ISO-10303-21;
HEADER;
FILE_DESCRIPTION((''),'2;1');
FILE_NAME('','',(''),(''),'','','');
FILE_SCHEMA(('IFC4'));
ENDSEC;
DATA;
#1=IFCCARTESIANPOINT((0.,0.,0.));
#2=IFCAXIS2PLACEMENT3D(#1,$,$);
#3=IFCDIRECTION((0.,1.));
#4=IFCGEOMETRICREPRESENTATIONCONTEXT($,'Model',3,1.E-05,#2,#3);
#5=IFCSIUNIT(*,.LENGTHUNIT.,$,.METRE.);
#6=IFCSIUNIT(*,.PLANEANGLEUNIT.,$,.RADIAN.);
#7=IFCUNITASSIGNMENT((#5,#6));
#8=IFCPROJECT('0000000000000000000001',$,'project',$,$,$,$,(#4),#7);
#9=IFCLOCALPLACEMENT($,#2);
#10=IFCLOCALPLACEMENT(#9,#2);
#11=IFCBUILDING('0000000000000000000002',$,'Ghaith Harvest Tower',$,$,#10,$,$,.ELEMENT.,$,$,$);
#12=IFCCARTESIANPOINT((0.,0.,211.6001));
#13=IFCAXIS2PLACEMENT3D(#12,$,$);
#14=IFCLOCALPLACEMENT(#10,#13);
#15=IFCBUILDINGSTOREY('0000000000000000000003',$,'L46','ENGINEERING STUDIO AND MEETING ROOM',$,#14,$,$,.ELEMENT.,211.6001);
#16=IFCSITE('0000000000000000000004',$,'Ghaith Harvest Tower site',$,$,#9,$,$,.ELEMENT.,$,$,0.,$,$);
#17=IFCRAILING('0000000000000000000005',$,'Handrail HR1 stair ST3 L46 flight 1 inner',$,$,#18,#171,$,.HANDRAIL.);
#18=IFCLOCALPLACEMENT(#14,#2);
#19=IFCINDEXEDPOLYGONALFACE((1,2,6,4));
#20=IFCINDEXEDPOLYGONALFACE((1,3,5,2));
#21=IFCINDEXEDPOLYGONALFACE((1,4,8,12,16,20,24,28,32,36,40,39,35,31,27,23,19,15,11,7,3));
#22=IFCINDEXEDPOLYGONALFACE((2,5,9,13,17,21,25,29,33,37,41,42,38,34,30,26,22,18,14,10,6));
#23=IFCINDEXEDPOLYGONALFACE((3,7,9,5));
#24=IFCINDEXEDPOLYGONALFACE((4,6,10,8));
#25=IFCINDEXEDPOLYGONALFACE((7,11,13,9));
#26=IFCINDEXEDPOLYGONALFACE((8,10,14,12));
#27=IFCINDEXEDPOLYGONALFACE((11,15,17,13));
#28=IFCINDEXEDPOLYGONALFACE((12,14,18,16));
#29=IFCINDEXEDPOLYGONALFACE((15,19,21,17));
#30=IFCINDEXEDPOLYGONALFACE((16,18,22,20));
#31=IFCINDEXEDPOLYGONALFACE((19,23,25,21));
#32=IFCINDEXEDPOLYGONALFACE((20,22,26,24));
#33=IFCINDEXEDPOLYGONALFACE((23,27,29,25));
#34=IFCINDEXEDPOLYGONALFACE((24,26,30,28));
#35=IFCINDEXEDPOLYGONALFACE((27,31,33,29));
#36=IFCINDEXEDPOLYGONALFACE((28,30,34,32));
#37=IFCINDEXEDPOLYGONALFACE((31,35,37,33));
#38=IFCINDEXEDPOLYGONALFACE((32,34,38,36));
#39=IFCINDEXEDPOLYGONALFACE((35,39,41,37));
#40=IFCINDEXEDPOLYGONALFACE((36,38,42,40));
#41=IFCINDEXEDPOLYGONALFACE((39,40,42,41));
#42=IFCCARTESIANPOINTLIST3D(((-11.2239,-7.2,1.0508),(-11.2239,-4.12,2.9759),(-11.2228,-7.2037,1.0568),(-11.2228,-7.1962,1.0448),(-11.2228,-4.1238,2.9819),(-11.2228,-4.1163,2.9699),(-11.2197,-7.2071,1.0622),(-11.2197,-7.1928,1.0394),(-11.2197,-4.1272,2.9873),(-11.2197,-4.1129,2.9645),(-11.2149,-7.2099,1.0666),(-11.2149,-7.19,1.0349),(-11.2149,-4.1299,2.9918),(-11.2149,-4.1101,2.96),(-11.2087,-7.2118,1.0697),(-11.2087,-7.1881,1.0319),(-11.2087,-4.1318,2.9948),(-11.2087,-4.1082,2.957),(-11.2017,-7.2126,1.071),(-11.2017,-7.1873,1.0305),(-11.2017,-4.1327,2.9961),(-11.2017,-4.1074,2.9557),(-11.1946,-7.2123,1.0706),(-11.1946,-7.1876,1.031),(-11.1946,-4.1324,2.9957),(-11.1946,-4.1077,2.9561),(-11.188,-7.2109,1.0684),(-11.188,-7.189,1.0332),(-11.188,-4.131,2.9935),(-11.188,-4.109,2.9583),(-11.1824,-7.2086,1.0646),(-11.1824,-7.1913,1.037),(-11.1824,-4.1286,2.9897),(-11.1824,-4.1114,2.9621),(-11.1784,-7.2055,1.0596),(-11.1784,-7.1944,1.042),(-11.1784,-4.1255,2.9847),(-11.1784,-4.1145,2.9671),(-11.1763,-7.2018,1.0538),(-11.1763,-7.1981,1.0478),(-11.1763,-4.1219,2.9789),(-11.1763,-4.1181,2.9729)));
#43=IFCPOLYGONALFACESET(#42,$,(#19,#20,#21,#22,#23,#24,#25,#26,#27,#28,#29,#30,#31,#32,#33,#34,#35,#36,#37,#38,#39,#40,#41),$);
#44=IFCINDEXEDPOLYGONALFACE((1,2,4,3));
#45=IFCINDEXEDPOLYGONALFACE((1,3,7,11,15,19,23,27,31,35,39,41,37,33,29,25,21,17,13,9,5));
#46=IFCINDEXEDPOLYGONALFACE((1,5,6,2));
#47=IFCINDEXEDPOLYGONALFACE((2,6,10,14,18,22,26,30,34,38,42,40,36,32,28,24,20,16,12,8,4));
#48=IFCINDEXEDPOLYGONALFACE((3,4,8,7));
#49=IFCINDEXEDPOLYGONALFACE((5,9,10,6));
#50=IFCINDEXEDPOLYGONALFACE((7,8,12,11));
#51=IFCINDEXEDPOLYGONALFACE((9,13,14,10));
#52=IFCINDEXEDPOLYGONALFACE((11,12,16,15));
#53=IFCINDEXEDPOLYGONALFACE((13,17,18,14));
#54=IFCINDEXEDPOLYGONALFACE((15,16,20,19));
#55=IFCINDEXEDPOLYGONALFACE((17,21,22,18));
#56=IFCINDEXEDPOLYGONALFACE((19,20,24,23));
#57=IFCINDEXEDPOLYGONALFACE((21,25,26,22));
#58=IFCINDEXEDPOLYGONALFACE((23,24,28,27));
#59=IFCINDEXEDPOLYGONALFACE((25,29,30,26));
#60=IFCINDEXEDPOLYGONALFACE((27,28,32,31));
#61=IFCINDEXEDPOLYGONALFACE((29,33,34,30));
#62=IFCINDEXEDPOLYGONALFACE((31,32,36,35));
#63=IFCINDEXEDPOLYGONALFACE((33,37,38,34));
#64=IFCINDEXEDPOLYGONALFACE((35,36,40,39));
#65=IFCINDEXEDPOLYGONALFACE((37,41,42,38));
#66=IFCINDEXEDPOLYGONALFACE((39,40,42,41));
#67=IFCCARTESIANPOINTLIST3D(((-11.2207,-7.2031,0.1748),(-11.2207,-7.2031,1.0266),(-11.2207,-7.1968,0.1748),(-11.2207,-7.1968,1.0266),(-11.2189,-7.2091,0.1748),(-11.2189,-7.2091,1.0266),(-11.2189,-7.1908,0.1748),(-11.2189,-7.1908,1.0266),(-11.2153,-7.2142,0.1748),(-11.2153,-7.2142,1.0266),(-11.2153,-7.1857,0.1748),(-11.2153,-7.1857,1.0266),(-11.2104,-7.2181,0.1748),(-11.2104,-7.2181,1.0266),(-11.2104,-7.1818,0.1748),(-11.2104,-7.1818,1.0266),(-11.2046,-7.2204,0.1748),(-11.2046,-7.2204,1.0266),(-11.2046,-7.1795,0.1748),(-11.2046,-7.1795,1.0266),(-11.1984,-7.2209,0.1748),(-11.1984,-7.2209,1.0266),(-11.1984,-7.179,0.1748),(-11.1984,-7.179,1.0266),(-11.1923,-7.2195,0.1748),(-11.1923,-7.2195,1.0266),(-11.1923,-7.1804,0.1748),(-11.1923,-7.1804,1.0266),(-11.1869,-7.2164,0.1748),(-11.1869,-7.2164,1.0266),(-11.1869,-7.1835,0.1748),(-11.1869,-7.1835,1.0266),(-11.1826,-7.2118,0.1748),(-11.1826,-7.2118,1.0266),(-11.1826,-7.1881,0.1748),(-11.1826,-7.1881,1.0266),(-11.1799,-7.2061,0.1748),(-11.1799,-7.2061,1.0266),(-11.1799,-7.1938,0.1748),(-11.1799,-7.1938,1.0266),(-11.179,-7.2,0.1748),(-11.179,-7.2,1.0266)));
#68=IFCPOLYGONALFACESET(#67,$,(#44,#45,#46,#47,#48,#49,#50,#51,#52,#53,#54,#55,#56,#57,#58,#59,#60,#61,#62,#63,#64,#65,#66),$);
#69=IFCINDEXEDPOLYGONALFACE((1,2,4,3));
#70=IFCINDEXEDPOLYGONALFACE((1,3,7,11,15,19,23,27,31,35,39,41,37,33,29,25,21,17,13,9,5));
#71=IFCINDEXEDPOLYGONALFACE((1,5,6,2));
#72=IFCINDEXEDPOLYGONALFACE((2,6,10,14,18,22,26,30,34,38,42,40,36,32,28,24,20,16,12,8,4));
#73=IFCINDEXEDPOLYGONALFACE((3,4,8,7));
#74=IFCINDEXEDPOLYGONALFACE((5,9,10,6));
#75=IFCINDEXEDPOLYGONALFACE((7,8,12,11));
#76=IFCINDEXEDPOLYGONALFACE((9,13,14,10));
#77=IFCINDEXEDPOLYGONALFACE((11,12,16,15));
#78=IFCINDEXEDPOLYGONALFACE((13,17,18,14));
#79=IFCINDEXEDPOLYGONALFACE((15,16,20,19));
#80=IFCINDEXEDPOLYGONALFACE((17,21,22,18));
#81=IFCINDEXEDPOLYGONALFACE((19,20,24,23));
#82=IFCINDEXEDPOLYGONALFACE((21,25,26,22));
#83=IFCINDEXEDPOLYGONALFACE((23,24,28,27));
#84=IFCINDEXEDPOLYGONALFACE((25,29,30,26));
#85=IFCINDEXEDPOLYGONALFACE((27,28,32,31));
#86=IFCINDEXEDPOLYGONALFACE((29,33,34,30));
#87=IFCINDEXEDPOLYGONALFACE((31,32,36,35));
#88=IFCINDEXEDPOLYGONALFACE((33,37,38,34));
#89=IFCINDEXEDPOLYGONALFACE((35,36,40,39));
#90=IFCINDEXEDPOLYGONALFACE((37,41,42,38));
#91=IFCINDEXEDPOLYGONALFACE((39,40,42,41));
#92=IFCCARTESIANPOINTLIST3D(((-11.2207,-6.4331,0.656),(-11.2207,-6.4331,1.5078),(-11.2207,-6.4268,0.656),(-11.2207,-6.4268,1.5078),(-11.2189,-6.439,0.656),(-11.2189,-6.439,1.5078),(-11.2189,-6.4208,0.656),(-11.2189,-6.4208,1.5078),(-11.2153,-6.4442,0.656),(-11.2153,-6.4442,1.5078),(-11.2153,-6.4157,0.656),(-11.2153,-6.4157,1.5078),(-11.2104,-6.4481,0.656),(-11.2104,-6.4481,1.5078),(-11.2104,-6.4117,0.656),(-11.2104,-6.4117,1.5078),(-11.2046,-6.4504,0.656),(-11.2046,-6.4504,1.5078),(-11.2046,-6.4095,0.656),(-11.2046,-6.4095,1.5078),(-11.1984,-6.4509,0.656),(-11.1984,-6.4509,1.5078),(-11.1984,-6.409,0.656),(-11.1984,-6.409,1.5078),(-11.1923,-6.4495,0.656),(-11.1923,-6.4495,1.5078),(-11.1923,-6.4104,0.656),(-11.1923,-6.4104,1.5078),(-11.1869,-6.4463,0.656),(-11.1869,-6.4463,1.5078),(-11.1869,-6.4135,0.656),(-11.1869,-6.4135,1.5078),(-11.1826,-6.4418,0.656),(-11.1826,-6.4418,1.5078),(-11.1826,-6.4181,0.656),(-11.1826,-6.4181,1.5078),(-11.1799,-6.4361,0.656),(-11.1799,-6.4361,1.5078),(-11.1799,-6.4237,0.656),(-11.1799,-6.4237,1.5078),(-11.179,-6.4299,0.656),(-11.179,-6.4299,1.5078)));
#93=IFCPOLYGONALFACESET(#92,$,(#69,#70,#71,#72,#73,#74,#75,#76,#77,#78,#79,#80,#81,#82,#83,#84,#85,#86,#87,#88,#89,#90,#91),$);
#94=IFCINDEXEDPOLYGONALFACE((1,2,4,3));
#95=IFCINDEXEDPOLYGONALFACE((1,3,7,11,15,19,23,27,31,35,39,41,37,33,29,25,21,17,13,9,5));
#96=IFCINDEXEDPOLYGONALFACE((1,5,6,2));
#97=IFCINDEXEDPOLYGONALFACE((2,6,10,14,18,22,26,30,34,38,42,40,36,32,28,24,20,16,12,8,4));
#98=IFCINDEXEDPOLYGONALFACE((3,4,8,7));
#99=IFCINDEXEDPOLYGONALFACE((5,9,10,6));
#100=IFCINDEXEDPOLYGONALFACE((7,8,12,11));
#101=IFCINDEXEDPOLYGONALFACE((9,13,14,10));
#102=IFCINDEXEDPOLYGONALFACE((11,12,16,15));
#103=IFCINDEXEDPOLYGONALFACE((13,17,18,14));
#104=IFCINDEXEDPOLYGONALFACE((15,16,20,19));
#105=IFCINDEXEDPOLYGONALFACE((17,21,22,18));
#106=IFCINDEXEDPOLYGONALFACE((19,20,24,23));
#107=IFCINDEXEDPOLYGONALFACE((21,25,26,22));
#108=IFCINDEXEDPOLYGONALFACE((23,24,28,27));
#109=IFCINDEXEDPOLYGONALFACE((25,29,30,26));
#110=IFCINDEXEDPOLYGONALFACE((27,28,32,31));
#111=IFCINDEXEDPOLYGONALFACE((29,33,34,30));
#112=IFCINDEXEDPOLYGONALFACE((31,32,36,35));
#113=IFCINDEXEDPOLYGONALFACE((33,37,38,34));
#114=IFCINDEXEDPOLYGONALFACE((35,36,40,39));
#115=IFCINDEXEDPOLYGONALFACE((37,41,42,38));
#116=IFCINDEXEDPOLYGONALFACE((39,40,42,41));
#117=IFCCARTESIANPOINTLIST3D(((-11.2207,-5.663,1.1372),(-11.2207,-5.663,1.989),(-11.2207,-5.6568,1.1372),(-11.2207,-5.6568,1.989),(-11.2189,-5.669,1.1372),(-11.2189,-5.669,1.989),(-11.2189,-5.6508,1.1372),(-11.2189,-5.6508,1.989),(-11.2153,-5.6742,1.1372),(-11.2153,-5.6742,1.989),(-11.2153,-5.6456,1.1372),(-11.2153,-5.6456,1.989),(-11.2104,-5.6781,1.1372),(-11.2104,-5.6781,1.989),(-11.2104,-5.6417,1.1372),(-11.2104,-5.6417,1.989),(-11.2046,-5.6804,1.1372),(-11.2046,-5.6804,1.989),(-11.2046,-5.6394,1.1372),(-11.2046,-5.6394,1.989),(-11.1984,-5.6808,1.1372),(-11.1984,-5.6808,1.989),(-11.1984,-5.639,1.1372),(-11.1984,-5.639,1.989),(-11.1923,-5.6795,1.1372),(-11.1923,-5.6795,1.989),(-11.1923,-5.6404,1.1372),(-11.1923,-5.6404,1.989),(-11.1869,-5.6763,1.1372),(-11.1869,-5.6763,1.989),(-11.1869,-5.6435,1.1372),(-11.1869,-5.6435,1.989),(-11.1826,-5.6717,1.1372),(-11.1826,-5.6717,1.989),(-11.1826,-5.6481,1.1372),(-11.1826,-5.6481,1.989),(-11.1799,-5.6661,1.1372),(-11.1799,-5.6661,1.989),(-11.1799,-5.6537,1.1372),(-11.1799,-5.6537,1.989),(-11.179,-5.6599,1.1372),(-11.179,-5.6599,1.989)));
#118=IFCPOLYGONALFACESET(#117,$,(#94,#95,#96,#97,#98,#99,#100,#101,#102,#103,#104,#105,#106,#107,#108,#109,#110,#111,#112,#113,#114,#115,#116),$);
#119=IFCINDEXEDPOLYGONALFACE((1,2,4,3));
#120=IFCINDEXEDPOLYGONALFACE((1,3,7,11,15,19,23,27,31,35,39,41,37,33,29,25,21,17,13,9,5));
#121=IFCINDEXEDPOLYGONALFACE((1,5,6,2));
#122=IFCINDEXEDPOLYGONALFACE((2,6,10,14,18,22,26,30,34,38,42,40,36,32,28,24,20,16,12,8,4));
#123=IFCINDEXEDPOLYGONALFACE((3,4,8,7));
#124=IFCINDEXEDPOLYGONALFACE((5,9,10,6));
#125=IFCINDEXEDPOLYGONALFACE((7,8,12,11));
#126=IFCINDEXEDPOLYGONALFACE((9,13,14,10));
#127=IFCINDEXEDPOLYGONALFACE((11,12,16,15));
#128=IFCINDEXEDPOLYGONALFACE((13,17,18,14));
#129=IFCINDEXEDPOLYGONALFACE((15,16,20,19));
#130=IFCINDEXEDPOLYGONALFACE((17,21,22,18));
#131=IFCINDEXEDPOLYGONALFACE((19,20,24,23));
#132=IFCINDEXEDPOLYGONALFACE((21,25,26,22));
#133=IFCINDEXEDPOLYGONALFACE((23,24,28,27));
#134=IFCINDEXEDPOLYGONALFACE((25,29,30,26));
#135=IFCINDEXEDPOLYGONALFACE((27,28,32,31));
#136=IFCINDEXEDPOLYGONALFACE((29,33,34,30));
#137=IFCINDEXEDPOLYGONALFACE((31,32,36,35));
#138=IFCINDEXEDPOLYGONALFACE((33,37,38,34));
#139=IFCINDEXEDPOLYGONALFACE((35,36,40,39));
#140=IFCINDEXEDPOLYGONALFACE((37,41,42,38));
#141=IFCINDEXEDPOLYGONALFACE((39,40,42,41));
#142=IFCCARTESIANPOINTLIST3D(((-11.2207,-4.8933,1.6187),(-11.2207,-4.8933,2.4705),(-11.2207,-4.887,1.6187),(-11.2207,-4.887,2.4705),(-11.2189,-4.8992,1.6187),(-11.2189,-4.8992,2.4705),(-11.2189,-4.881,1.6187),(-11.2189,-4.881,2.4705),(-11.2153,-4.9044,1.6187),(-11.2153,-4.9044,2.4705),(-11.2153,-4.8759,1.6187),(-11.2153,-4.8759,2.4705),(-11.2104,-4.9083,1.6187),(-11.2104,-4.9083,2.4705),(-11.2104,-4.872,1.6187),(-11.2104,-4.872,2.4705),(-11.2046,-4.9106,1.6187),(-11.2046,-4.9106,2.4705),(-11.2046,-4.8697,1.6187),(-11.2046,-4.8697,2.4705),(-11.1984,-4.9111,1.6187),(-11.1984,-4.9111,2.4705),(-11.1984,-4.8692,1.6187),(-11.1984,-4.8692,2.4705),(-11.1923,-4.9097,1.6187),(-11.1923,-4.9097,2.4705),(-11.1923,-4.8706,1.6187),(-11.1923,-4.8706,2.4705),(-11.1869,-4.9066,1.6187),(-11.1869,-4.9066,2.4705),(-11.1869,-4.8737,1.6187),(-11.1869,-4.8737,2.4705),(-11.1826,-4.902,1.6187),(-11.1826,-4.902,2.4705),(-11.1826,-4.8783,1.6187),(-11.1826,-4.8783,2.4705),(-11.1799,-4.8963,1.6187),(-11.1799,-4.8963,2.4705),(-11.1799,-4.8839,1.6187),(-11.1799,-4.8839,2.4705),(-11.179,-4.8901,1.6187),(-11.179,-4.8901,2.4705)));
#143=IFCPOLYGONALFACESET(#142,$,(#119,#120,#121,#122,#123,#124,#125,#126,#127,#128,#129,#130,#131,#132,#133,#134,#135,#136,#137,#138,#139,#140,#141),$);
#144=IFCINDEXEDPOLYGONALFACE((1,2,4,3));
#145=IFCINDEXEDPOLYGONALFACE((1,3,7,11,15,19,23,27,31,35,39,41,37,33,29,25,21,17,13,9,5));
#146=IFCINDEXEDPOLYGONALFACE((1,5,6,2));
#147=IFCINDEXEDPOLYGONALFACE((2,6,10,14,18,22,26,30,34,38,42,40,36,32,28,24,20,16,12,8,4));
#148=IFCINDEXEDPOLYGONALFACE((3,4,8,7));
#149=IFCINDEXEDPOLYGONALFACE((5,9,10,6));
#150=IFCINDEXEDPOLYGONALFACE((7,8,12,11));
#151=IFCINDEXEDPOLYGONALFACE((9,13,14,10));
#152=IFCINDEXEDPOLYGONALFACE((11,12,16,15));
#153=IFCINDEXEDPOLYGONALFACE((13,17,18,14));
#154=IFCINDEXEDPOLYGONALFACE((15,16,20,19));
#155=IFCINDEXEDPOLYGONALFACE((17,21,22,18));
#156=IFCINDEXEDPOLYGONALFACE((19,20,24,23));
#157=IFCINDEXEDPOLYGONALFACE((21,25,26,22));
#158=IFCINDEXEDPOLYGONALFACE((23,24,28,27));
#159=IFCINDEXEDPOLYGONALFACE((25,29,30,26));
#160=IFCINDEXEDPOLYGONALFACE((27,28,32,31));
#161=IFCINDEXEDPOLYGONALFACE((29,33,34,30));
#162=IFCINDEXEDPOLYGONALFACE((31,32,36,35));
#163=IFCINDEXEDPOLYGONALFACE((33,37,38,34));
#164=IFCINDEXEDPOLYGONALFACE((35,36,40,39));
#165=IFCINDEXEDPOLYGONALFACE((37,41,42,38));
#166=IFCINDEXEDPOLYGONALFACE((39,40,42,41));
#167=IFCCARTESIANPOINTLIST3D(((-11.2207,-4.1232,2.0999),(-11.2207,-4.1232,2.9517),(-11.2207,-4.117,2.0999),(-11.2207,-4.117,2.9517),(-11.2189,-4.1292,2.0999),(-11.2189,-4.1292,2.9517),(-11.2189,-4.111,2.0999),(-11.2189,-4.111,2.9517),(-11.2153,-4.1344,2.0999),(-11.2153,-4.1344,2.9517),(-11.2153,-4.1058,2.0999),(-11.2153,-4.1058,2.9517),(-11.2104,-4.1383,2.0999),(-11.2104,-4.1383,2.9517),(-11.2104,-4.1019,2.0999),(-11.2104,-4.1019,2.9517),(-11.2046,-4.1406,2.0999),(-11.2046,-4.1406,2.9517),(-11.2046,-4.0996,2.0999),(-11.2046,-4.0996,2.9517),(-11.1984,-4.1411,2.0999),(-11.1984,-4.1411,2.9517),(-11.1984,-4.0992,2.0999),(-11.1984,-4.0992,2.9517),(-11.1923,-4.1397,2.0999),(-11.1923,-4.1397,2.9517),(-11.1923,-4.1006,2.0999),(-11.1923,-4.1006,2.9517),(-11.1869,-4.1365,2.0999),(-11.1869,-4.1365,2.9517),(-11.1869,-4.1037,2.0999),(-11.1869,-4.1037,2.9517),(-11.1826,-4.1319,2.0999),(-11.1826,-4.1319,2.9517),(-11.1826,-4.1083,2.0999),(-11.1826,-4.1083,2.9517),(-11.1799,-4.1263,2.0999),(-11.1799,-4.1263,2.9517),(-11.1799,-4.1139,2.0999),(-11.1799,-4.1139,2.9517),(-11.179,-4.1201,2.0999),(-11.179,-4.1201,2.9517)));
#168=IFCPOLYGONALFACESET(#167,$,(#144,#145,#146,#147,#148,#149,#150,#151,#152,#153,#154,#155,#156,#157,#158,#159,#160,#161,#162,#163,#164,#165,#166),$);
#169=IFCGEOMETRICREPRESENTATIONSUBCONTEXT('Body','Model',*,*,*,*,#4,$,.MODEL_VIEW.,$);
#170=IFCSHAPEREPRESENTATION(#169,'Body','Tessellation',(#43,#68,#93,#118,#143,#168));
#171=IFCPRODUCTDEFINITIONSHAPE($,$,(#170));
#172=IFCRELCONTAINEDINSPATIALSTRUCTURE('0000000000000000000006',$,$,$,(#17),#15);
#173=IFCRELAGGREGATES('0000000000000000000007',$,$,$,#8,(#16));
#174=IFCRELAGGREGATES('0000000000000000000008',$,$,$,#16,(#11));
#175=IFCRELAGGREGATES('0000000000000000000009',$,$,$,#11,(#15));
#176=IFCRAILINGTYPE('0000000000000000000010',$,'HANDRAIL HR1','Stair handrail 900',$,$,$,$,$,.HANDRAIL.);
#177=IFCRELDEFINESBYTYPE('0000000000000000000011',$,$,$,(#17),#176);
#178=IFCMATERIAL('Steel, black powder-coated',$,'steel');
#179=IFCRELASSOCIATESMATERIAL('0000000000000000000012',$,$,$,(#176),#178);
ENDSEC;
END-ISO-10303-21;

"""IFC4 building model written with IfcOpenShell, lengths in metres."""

from ifc_helpers import new_model, si_unit, direction, frame, origin, origin_2d, place, context, subcontext, project, spatial, circle, extrude, material, type_object, element, save


model = new_model("IFC4")

# Units and contexts
model_context = context("Model", 3, precision=1e-05, world=origin(), true_north=direction((0.0, 1.0)))
body_context = subcontext(model_context, "Body", "Model", "MODEL_VIEW")
ifc_project = project(units=[si_unit("LENGTHUNIT", "METRE"), si_unit("PLANEANGLEUNIT", "RADIAN")], contexts=[model_context])

# Site, building, storey
site_placement = place(None, origin())
site = spatial("IfcSite", under=ifc_project, at=site_placement, Name="Ghaith Harvest Tower site", CompositionType="ELEMENT", RefElevation=0.0)
building_placement = place(site_placement, origin())
building = spatial("IfcBuilding", under=site, at=building_placement, Name="Ghaith Harvest Tower", CompositionType="ELEMENT")
storey_placement = place(building_placement, frame((0.0, 0.0, 211.6001)))
storey = spatial("IfcBuildingStorey", under=building, at=storey_placement, Name="L46", Description="ENGINEERING STUDIO AND MEETING ROOM", CompositionType="ELEMENT", Elevation=211.6001)

# Railing
ifc_material_1 = material(Name="Steel, black powder-coated", Category="steel")
railing_type = type_object("IfcRailingType", Name="HANDRAIL HR1", Description="Stair handrail 900", PredefinedType="HANDRAIL", material=ifc_material_1)
railing_1_placement = place(storey_placement, frame((-11.2, -7.2, 0.1748)))
element("IfcRailing", 1, at=railing_1_placement, inside=storey, type_object=railing_type, Name="Handrail HR1 stair ST3 L46 flight 1 inner", PredefinedType="HANDRAIL", context=body_context, shape_type="SweptSolid", body=[
    extrude(circle(Radius=0.0239, at=origin_2d()), frame((0.0, 0.0, 0.876), z_axis=(0.0, 0.847979, 0.530029), x_axis=(-1.0, 0.0, 0.0)), (0.0, 0.0, 1.0), 3.6321),
    extrude(circle(Radius=0.021, at=origin_2d()), origin(), (0.0, 0.0, 1.0), 0.8518),
    extrude(circle(Radius=0.021, at=origin_2d()), frame((0.0, 0.77, 0.4812)), (0.0, 0.0, 1.0), 0.8518),
    extrude(circle(Radius=0.021, at=origin_2d()), frame((0.0, 1.54, 0.9624)), (0.0, 0.0, 1.0), 0.8518),
    extrude(circle(Radius=0.021, at=origin_2d()), frame((0.0, 2.3098, 1.4438)), (0.0, 0.0, 1.0), 0.8518),
    extrude(circle(Radius=0.021, at=origin_2d()), frame((0.0, 3.0798, 1.925)), (0.0, 0.0, 1.0), 0.8518),
])

save(model, "model.ifc")
